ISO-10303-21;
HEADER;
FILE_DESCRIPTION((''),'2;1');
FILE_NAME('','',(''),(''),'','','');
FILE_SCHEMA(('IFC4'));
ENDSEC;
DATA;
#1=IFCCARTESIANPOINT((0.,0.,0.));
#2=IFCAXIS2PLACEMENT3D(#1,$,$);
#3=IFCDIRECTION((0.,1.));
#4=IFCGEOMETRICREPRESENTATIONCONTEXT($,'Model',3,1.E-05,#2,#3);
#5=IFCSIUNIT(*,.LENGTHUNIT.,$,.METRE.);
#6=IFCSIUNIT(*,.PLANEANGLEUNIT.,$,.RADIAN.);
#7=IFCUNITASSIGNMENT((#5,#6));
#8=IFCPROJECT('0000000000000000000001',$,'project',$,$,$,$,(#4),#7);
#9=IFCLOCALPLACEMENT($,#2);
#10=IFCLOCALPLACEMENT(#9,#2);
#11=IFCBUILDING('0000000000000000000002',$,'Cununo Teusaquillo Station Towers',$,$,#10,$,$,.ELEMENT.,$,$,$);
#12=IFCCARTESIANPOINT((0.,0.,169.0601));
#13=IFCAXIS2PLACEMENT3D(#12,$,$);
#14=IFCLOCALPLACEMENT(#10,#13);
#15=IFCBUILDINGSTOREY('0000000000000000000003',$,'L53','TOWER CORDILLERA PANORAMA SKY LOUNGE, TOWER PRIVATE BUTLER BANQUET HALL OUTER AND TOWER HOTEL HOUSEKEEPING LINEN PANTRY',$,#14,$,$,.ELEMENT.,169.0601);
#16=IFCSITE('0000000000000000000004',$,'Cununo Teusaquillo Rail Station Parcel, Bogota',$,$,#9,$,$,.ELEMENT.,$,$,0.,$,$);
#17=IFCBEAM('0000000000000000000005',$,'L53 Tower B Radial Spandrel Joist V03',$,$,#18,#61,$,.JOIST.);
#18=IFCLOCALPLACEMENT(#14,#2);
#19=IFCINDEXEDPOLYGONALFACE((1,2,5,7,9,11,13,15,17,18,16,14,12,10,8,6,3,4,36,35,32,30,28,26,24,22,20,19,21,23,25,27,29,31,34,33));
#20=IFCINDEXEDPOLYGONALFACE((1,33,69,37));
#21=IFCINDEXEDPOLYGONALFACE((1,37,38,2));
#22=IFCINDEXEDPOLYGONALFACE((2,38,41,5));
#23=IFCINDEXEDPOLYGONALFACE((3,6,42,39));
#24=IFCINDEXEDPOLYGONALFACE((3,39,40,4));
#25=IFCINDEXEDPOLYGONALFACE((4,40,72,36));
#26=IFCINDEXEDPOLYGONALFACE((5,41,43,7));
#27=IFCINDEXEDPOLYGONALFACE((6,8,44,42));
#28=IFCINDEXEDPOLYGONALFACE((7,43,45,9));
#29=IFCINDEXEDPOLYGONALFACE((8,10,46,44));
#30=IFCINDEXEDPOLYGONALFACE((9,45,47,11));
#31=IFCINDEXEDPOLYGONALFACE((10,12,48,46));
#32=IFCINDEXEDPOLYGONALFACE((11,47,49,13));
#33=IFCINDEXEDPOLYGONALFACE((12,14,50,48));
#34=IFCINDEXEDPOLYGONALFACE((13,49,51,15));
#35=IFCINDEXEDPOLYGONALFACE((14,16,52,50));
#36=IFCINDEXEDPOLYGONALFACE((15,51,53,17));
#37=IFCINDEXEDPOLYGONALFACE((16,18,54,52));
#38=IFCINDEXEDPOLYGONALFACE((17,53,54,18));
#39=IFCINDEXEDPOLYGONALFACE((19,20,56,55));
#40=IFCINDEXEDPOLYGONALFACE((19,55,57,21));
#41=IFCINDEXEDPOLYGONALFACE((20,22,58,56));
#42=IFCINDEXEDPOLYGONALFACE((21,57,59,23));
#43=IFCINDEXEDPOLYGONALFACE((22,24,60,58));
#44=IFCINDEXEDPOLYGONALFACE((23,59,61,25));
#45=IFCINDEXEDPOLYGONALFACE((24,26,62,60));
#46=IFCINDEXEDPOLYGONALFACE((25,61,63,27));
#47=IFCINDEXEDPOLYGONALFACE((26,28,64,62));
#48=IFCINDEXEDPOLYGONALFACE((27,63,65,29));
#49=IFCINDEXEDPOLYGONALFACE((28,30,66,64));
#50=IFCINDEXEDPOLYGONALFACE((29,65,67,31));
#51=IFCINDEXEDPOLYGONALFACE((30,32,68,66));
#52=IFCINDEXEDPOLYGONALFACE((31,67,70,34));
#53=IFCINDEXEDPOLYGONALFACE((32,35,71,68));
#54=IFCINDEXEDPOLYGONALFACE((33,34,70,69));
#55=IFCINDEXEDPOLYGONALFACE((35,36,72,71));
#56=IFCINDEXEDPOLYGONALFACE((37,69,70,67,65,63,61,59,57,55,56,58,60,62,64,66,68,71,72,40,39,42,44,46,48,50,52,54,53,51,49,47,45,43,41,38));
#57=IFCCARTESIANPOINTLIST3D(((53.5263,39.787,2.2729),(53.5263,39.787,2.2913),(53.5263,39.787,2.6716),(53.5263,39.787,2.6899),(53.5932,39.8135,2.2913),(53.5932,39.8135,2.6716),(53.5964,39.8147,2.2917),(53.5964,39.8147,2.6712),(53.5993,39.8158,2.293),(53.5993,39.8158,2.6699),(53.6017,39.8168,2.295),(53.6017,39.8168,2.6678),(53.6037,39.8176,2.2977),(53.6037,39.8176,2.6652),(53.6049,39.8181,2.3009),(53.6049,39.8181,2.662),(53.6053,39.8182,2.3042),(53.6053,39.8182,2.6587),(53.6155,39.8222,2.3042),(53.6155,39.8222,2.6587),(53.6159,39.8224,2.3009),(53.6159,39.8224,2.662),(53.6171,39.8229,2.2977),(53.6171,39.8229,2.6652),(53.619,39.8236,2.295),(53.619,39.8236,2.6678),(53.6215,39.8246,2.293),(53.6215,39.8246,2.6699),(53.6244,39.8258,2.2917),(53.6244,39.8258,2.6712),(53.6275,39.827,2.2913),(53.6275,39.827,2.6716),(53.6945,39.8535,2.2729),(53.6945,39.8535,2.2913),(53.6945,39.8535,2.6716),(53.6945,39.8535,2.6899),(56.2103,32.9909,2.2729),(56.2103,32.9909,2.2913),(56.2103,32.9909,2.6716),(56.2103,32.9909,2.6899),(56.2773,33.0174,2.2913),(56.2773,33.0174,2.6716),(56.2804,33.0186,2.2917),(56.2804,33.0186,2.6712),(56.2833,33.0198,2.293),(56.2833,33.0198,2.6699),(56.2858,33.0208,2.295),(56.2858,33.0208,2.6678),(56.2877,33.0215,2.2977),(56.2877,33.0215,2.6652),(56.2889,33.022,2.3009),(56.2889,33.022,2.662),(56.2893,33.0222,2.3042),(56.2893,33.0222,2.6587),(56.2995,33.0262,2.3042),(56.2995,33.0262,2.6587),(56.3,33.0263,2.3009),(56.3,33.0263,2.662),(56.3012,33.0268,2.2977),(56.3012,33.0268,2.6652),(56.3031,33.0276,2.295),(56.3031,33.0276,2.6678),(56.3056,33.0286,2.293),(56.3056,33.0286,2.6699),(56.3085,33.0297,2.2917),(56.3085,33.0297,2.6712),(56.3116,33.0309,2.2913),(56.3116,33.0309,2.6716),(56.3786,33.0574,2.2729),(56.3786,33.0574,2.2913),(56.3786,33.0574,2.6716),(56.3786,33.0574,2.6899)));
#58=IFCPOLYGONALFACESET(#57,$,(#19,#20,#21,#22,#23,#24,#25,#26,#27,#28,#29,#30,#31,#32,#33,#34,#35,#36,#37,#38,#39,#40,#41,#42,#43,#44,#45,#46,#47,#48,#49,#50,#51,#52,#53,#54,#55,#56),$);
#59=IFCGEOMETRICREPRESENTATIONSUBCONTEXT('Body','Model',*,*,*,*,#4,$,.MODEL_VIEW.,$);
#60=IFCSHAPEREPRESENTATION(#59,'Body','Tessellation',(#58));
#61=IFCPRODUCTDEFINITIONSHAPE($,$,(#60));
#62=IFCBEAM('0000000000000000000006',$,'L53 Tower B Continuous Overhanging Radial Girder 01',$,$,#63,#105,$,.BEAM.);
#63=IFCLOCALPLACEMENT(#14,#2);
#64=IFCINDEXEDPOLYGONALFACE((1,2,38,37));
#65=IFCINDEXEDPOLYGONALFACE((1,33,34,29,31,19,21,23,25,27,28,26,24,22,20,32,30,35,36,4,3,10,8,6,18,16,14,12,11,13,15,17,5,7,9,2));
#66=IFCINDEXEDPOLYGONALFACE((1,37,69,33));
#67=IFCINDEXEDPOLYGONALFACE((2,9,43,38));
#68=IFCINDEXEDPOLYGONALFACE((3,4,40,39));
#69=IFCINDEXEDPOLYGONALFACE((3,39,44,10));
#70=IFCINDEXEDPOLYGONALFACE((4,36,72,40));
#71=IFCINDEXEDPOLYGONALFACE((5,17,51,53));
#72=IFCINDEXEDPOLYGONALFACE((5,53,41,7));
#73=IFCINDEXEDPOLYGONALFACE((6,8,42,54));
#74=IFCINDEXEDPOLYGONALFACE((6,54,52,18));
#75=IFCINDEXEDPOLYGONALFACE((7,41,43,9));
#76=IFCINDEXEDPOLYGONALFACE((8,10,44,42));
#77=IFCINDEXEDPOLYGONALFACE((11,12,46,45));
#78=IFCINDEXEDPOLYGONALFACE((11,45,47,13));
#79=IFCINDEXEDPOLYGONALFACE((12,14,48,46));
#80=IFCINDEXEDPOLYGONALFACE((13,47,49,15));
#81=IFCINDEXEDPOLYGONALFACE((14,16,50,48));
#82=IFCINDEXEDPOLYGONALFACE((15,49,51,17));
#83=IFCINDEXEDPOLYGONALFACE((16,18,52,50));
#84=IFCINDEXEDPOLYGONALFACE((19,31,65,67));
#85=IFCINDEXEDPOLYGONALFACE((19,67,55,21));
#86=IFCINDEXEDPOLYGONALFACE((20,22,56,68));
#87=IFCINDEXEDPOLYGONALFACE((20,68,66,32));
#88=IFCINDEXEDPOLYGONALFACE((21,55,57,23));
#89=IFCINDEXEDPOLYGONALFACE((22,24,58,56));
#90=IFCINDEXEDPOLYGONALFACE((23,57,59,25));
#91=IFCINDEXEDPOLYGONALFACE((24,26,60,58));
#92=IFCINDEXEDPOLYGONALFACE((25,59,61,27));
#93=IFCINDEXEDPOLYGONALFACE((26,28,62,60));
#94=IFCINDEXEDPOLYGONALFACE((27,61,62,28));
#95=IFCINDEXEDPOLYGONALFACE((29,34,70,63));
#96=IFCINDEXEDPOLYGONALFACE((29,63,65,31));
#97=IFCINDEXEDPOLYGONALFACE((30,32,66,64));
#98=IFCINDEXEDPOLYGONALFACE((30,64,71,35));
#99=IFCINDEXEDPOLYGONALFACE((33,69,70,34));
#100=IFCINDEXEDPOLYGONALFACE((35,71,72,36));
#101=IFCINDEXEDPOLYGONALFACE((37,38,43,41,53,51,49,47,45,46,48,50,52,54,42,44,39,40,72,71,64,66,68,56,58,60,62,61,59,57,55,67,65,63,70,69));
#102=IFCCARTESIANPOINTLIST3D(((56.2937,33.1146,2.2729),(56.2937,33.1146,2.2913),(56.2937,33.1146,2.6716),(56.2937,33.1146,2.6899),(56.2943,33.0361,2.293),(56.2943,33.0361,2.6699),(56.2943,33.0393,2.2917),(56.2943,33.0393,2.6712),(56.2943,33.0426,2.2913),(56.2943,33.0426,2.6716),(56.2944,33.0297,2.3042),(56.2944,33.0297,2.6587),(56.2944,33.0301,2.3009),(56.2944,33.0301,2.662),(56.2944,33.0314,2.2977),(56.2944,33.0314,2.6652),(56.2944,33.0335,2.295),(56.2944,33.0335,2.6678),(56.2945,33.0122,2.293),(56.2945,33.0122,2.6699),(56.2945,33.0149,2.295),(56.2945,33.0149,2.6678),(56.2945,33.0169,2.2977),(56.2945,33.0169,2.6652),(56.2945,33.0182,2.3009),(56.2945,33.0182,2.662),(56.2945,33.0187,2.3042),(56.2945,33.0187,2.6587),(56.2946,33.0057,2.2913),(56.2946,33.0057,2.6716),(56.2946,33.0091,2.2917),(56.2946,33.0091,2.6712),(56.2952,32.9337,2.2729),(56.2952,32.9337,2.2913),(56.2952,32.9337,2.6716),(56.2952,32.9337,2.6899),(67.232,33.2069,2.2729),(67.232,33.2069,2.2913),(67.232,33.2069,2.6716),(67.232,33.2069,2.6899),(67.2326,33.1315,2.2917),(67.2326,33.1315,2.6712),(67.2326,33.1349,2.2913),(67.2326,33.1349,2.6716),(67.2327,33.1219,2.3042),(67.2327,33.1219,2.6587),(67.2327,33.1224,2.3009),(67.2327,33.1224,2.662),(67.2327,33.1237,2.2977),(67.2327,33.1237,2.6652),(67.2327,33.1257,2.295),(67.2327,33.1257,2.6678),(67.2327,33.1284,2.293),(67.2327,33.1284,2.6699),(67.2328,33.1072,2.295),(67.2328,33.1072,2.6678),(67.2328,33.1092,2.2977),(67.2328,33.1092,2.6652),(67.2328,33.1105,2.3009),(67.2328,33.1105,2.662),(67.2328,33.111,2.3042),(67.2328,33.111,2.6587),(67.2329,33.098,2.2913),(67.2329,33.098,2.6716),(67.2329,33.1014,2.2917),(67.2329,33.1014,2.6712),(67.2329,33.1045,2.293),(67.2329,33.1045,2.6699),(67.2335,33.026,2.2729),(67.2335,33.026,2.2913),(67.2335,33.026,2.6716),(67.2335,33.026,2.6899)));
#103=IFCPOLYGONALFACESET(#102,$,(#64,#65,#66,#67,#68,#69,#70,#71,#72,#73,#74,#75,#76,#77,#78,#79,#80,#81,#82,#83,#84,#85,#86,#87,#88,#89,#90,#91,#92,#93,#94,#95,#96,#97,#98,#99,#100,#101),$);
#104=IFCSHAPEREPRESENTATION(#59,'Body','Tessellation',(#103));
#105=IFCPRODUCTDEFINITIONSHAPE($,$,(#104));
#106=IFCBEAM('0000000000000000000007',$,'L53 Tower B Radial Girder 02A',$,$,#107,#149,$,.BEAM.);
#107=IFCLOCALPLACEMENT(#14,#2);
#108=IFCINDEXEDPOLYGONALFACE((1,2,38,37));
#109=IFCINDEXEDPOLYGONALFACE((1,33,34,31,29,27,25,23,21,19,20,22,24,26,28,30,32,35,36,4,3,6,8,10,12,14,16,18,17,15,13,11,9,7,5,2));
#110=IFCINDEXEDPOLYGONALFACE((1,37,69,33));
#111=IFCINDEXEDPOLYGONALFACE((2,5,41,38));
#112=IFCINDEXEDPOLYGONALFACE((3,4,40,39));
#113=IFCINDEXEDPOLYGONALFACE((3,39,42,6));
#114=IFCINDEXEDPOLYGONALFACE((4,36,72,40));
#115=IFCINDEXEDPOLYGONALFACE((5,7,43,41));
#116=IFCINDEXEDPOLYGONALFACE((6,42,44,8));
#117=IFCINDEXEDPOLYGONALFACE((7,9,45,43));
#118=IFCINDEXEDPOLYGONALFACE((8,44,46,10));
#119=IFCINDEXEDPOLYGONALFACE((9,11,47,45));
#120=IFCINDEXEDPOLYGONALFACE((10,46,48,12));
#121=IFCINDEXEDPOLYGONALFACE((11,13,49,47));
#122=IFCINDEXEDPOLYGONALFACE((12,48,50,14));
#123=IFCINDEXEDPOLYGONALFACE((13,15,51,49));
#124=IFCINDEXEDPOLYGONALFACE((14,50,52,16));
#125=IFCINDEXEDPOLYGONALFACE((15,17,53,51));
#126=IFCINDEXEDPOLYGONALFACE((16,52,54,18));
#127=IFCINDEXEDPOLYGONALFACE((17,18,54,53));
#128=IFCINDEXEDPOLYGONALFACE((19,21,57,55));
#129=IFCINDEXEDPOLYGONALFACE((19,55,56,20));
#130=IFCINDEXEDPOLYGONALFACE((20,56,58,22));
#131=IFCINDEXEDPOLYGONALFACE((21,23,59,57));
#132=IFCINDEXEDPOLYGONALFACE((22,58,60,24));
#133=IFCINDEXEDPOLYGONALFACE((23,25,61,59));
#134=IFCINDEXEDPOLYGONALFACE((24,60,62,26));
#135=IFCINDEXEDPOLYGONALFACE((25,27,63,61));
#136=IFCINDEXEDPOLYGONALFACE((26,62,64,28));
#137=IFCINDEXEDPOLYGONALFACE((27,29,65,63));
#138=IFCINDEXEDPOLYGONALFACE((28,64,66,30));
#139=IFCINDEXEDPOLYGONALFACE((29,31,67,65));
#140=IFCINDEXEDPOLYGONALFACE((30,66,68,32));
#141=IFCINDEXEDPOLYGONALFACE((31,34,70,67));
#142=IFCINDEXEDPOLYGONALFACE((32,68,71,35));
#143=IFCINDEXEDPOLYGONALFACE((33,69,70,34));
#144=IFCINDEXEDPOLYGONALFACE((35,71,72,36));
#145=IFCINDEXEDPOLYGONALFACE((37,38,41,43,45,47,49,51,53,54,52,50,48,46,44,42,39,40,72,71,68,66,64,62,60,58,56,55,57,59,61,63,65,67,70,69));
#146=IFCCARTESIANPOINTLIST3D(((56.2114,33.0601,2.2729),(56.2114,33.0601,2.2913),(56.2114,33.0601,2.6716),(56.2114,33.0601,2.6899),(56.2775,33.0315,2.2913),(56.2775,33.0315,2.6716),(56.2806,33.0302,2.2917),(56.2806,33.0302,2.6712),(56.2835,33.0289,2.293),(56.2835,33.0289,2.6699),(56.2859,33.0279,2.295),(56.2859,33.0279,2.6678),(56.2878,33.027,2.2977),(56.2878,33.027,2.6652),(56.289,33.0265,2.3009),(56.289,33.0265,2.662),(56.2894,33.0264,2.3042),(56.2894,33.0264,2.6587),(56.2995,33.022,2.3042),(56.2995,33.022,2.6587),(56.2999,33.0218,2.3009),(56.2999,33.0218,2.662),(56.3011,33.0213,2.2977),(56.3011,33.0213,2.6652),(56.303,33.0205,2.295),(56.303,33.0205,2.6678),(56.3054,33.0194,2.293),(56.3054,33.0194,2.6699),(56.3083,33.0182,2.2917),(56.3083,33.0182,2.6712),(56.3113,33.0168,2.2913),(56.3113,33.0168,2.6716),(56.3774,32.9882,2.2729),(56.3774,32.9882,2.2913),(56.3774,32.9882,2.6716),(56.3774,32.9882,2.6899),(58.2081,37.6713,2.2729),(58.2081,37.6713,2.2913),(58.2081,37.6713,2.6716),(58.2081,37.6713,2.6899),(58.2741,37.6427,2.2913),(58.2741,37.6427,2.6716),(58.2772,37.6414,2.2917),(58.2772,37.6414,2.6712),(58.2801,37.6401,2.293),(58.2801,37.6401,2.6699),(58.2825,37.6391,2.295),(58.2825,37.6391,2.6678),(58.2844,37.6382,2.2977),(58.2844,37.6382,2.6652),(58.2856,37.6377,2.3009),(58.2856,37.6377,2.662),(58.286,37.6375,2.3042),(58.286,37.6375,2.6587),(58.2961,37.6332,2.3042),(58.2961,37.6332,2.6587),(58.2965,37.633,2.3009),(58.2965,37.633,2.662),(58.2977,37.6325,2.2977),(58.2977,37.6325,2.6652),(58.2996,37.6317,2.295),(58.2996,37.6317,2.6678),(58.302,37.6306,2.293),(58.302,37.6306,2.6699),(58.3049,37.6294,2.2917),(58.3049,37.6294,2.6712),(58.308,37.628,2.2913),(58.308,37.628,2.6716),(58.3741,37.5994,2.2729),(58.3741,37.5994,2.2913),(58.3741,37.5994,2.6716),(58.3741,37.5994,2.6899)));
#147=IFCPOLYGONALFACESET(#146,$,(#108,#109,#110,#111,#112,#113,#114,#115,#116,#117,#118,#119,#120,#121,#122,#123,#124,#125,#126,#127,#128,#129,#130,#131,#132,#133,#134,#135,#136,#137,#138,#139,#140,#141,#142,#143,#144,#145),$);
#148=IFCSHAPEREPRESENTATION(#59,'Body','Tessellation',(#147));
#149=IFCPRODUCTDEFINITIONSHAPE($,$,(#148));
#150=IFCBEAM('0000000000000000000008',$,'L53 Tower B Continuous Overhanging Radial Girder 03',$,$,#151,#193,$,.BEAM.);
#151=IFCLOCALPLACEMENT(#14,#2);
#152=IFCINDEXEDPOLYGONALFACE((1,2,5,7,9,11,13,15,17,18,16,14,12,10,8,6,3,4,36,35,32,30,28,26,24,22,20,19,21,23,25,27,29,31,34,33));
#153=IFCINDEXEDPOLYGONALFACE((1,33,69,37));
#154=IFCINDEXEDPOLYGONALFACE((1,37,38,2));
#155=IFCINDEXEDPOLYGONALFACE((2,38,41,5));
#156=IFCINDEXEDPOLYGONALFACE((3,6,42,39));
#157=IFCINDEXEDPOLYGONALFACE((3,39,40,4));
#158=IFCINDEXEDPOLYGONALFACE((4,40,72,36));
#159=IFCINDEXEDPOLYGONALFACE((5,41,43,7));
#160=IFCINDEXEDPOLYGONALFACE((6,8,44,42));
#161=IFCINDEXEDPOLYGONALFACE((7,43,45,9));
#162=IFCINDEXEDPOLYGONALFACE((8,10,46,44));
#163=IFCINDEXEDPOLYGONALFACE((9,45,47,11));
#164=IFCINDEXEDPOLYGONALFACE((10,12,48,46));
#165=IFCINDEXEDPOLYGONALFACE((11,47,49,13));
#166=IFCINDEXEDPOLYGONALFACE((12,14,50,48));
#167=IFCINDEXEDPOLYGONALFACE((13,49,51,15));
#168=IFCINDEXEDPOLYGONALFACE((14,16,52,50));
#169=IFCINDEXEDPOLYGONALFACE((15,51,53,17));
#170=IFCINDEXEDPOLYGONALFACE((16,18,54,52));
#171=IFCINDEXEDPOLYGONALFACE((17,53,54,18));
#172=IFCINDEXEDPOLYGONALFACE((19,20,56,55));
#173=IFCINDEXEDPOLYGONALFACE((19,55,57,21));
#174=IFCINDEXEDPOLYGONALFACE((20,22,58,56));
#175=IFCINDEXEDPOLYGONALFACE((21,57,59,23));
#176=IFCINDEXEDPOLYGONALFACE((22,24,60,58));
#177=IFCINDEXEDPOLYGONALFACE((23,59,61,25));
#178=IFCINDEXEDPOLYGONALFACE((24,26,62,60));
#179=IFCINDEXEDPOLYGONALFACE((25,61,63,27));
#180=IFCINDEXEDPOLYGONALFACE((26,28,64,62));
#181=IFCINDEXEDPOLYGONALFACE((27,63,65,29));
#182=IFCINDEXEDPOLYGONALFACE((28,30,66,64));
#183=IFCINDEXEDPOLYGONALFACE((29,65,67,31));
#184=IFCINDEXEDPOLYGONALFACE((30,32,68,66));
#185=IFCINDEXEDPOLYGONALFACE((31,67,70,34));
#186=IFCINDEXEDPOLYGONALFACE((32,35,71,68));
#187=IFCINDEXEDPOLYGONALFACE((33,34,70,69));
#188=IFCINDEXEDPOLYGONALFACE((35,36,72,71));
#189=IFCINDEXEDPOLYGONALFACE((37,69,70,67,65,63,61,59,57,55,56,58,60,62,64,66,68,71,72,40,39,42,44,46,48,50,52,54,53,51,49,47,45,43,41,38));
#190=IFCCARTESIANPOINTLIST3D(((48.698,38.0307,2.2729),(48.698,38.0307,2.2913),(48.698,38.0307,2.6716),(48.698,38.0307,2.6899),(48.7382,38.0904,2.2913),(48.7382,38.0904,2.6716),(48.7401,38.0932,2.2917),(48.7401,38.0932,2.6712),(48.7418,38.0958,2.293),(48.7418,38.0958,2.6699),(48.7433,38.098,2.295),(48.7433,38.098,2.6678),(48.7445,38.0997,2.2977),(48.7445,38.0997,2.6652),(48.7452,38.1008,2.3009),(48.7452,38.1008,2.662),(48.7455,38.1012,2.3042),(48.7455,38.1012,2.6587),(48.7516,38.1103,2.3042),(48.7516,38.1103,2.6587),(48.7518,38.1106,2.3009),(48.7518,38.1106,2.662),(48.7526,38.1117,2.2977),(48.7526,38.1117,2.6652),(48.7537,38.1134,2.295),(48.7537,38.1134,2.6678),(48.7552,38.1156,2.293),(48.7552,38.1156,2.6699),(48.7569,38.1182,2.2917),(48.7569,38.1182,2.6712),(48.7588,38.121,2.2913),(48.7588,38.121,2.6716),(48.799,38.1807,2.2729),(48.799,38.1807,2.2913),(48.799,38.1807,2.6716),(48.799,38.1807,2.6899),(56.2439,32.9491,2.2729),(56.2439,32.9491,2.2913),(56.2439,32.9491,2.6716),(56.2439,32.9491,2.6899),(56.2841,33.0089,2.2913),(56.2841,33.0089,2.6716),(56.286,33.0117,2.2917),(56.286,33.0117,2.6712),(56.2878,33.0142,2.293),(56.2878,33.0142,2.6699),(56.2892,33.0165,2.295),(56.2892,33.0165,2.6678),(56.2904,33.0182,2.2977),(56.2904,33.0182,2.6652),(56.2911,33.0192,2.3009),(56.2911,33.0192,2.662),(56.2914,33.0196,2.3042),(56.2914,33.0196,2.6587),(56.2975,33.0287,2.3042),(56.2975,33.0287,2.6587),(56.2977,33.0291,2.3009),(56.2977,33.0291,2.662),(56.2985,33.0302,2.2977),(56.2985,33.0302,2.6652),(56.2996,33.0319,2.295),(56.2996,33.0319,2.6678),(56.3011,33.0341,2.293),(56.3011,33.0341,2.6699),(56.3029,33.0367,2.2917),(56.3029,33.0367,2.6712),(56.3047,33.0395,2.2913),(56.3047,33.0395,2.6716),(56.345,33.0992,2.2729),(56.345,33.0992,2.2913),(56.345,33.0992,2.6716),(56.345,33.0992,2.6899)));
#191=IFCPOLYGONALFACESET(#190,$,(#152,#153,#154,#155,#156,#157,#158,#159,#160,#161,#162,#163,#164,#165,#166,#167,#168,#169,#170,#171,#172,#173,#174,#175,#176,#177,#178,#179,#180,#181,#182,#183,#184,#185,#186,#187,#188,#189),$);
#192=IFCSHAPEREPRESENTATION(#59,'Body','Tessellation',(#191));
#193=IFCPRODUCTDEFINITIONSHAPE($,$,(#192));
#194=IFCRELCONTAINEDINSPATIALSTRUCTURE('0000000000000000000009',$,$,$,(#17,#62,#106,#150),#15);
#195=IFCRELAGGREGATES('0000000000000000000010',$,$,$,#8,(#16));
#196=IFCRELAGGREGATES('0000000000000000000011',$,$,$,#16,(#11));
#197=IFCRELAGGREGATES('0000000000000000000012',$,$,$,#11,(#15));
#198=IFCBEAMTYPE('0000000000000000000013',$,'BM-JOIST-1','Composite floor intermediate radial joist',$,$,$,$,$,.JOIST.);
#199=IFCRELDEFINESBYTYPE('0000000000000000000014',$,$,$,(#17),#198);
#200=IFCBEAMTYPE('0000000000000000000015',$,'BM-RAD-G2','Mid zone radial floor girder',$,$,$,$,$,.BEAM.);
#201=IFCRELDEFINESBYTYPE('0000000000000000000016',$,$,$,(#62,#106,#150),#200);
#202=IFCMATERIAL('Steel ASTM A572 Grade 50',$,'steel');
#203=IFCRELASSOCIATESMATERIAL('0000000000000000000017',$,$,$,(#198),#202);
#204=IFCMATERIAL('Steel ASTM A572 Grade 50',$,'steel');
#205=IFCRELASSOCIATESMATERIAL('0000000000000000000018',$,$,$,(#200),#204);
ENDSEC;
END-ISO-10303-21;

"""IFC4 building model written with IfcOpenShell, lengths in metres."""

from ifc_helpers import new_model, si_unit, direction, frame, origin, origin_2d, place, context, subcontext, project, spatial, i_section, extrude, material, material_profile, profile_set, type_object, element, save


model = new_model("IFC4")

# Units and contexts
model_context = context("Model", 3, precision=1e-05, world=origin(), true_north=direction((0.0, 1.0)))
body_context = subcontext(model_context, "Body", "Model", "MODEL_VIEW")
ifc_project = project(units=[si_unit("LENGTHUNIT", "METRE"), si_unit("PLANEANGLEUNIT", "RADIAN")], contexts=[model_context])

# Site, building, storey
site_placement = place(None, origin())
site = spatial("IfcSite", under=ifc_project, at=site_placement, Name="Cununo Teusaquillo Rail Station Parcel, Bogota", CompositionType="ELEMENT", RefElevation=0.0)
building_placement = place(site_placement, origin())
building = spatial("IfcBuilding", under=site, at=building_placement, Name="Cununo Teusaquillo Station Towers", CompositionType="ELEMENT")
storey_placement = place(building_placement, frame((0.0, 0.0, 169.0601)))
storey = spatial("IfcBuildingStorey", under=building, at=storey_placement, Name="L53", Description="TOWER CORDILLERA PANORAMA SKY LOUNGE, TOWER PRIVATE BUTLER BANQUET HALL OUTER AND TOWER HOTEL HOUSEKEEPING LINEN PANTRY", CompositionType="ELEMENT", Elevation=169.0601)

# Beams
ifc_material_1 = material(Name="Steel ASTM A572 Grade 50", Category="steel")
ifc_material_profile_1 = material_profile(ifc_material_1, i_section(OverallWidth=0.1809, OverallDepth=0.417, WebThickness=0.011, FlangeThickness=0.0183, FilletRadius=0.0129, at=origin_2d()), Name="W16X57")
ifc_profile_set_1 = profile_set([ifc_material_profile_1], Name="Steel ASTM A572 Grade 50")
beam_type_1 = type_object("IfcBeamType", Name="BM-JOIST-1", Description="Composite floor intermediate radial joist", PredefinedType="JOIST", material=ifc_profile_set_1)
beam_1_placement = place(storey_placement, frame((56.2944, 33.0242, 2.4814), z_axis=(-0.367332, 0.93009, 0.0), x_axis=(-0.93009, -0.367332, 0.0)))
element("IfcBeam", 1, at=beam_1_placement, inside=storey, type_object=beam_type_1, Name="L53 Tower B Radial Spandrel Joist V03", PredefinedType="JOIST", context=body_context, shape_type="SweptSolid", body=[
    extrude(i_section(OverallWidth=0.1809, OverallDepth=0.417, WebThickness=0.011, FlangeThickness=0.0183, FilletRadius=0.0129, at=origin_2d()), origin(), (0.0, 0.0, 1.0), 7.3069),
])
ifc_material_2 = material(Name="Steel ASTM A572 Grade 50", Category="steel")
ifc_material_profile_2 = material_profile(ifc_material_2, i_section(OverallWidth=0.1809, OverallDepth=0.417, WebThickness=0.011, FlangeThickness=0.0183, FilletRadius=0.0129, at=origin_2d()), Name="W16X57")
ifc_profile_set_2 = profile_set([ifc_material_profile_2], Name="Steel ASTM A572 Grade 50")
beam_type_2 = type_object("IfcBeamType", Name="BM-RAD-G2", Description="Mid zone radial floor girder", PredefinedType="BEAM", material=ifc_profile_set_2)
beam_2_placement = place(storey_placement, frame((56.2944, 33.0242, 2.4814), z_axis=(0.999964, 0.008437, 0.0), x_axis=(-0.008437, 0.999964, 0.0)))
element("IfcBeam", 2, at=beam_2_placement, inside=storey, type_object=beam_type_2, Name="L53 Tower B Continuous Overhanging Radial Girder 01", PredefinedType="BEAM", context=body_context, shape_type="SweptSolid", body=[
    extrude(i_section(OverallWidth=0.1809, OverallDepth=0.417, WebThickness=0.011, FlangeThickness=0.0183, FilletRadius=0.0129, at=origin_2d()), origin(), (0.0, 0.0, 1.0), 10.9387),
])
beam_3_placement = place(storey_placement, frame((56.2944, 33.0242, 2.4814), z_axis=(0.397347, 0.917668, 0.0), x_axis=(-0.917668, 0.397347, 0.0)))
element("IfcBeam", 3, at=beam_3_placement, inside=storey, type_object=beam_type_2, Name="L53 Tower B Radial Girder 02A", PredefinedType="BEAM", context=body_context, shape_type="SweptSolid", body=[
    extrude(i_section(OverallWidth=0.1809, OverallDepth=0.417, WebThickness=0.011, FlangeThickness=0.0183, FilletRadius=0.0129, at=origin_2d()), origin(), (0.0, 0.0, 1.0), 5.0249),
])
beam_4_placement = place(storey_placement, frame((56.2944, 33.0242, 2.4814), z_axis=(-0.829457, 0.558571, 0.0), x_axis=(-0.558571, -0.829457, 0.0)))
element("IfcBeam", 4, at=beam_4_placement, inside=storey, type_object=beam_type_2, Name="L53 Tower B Continuous Overhanging Radial Girder 03", PredefinedType="BEAM", context=body_context, shape_type="SweptSolid", body=[
    extrude(i_section(OverallWidth=0.1809, OverallDepth=0.417, WebThickness=0.011, FlangeThickness=0.0183, FilletRadius=0.0129, at=origin_2d()), origin(), (0.0, 0.0, 1.0), 9.0974),
])

save(model, "model.ifc")
